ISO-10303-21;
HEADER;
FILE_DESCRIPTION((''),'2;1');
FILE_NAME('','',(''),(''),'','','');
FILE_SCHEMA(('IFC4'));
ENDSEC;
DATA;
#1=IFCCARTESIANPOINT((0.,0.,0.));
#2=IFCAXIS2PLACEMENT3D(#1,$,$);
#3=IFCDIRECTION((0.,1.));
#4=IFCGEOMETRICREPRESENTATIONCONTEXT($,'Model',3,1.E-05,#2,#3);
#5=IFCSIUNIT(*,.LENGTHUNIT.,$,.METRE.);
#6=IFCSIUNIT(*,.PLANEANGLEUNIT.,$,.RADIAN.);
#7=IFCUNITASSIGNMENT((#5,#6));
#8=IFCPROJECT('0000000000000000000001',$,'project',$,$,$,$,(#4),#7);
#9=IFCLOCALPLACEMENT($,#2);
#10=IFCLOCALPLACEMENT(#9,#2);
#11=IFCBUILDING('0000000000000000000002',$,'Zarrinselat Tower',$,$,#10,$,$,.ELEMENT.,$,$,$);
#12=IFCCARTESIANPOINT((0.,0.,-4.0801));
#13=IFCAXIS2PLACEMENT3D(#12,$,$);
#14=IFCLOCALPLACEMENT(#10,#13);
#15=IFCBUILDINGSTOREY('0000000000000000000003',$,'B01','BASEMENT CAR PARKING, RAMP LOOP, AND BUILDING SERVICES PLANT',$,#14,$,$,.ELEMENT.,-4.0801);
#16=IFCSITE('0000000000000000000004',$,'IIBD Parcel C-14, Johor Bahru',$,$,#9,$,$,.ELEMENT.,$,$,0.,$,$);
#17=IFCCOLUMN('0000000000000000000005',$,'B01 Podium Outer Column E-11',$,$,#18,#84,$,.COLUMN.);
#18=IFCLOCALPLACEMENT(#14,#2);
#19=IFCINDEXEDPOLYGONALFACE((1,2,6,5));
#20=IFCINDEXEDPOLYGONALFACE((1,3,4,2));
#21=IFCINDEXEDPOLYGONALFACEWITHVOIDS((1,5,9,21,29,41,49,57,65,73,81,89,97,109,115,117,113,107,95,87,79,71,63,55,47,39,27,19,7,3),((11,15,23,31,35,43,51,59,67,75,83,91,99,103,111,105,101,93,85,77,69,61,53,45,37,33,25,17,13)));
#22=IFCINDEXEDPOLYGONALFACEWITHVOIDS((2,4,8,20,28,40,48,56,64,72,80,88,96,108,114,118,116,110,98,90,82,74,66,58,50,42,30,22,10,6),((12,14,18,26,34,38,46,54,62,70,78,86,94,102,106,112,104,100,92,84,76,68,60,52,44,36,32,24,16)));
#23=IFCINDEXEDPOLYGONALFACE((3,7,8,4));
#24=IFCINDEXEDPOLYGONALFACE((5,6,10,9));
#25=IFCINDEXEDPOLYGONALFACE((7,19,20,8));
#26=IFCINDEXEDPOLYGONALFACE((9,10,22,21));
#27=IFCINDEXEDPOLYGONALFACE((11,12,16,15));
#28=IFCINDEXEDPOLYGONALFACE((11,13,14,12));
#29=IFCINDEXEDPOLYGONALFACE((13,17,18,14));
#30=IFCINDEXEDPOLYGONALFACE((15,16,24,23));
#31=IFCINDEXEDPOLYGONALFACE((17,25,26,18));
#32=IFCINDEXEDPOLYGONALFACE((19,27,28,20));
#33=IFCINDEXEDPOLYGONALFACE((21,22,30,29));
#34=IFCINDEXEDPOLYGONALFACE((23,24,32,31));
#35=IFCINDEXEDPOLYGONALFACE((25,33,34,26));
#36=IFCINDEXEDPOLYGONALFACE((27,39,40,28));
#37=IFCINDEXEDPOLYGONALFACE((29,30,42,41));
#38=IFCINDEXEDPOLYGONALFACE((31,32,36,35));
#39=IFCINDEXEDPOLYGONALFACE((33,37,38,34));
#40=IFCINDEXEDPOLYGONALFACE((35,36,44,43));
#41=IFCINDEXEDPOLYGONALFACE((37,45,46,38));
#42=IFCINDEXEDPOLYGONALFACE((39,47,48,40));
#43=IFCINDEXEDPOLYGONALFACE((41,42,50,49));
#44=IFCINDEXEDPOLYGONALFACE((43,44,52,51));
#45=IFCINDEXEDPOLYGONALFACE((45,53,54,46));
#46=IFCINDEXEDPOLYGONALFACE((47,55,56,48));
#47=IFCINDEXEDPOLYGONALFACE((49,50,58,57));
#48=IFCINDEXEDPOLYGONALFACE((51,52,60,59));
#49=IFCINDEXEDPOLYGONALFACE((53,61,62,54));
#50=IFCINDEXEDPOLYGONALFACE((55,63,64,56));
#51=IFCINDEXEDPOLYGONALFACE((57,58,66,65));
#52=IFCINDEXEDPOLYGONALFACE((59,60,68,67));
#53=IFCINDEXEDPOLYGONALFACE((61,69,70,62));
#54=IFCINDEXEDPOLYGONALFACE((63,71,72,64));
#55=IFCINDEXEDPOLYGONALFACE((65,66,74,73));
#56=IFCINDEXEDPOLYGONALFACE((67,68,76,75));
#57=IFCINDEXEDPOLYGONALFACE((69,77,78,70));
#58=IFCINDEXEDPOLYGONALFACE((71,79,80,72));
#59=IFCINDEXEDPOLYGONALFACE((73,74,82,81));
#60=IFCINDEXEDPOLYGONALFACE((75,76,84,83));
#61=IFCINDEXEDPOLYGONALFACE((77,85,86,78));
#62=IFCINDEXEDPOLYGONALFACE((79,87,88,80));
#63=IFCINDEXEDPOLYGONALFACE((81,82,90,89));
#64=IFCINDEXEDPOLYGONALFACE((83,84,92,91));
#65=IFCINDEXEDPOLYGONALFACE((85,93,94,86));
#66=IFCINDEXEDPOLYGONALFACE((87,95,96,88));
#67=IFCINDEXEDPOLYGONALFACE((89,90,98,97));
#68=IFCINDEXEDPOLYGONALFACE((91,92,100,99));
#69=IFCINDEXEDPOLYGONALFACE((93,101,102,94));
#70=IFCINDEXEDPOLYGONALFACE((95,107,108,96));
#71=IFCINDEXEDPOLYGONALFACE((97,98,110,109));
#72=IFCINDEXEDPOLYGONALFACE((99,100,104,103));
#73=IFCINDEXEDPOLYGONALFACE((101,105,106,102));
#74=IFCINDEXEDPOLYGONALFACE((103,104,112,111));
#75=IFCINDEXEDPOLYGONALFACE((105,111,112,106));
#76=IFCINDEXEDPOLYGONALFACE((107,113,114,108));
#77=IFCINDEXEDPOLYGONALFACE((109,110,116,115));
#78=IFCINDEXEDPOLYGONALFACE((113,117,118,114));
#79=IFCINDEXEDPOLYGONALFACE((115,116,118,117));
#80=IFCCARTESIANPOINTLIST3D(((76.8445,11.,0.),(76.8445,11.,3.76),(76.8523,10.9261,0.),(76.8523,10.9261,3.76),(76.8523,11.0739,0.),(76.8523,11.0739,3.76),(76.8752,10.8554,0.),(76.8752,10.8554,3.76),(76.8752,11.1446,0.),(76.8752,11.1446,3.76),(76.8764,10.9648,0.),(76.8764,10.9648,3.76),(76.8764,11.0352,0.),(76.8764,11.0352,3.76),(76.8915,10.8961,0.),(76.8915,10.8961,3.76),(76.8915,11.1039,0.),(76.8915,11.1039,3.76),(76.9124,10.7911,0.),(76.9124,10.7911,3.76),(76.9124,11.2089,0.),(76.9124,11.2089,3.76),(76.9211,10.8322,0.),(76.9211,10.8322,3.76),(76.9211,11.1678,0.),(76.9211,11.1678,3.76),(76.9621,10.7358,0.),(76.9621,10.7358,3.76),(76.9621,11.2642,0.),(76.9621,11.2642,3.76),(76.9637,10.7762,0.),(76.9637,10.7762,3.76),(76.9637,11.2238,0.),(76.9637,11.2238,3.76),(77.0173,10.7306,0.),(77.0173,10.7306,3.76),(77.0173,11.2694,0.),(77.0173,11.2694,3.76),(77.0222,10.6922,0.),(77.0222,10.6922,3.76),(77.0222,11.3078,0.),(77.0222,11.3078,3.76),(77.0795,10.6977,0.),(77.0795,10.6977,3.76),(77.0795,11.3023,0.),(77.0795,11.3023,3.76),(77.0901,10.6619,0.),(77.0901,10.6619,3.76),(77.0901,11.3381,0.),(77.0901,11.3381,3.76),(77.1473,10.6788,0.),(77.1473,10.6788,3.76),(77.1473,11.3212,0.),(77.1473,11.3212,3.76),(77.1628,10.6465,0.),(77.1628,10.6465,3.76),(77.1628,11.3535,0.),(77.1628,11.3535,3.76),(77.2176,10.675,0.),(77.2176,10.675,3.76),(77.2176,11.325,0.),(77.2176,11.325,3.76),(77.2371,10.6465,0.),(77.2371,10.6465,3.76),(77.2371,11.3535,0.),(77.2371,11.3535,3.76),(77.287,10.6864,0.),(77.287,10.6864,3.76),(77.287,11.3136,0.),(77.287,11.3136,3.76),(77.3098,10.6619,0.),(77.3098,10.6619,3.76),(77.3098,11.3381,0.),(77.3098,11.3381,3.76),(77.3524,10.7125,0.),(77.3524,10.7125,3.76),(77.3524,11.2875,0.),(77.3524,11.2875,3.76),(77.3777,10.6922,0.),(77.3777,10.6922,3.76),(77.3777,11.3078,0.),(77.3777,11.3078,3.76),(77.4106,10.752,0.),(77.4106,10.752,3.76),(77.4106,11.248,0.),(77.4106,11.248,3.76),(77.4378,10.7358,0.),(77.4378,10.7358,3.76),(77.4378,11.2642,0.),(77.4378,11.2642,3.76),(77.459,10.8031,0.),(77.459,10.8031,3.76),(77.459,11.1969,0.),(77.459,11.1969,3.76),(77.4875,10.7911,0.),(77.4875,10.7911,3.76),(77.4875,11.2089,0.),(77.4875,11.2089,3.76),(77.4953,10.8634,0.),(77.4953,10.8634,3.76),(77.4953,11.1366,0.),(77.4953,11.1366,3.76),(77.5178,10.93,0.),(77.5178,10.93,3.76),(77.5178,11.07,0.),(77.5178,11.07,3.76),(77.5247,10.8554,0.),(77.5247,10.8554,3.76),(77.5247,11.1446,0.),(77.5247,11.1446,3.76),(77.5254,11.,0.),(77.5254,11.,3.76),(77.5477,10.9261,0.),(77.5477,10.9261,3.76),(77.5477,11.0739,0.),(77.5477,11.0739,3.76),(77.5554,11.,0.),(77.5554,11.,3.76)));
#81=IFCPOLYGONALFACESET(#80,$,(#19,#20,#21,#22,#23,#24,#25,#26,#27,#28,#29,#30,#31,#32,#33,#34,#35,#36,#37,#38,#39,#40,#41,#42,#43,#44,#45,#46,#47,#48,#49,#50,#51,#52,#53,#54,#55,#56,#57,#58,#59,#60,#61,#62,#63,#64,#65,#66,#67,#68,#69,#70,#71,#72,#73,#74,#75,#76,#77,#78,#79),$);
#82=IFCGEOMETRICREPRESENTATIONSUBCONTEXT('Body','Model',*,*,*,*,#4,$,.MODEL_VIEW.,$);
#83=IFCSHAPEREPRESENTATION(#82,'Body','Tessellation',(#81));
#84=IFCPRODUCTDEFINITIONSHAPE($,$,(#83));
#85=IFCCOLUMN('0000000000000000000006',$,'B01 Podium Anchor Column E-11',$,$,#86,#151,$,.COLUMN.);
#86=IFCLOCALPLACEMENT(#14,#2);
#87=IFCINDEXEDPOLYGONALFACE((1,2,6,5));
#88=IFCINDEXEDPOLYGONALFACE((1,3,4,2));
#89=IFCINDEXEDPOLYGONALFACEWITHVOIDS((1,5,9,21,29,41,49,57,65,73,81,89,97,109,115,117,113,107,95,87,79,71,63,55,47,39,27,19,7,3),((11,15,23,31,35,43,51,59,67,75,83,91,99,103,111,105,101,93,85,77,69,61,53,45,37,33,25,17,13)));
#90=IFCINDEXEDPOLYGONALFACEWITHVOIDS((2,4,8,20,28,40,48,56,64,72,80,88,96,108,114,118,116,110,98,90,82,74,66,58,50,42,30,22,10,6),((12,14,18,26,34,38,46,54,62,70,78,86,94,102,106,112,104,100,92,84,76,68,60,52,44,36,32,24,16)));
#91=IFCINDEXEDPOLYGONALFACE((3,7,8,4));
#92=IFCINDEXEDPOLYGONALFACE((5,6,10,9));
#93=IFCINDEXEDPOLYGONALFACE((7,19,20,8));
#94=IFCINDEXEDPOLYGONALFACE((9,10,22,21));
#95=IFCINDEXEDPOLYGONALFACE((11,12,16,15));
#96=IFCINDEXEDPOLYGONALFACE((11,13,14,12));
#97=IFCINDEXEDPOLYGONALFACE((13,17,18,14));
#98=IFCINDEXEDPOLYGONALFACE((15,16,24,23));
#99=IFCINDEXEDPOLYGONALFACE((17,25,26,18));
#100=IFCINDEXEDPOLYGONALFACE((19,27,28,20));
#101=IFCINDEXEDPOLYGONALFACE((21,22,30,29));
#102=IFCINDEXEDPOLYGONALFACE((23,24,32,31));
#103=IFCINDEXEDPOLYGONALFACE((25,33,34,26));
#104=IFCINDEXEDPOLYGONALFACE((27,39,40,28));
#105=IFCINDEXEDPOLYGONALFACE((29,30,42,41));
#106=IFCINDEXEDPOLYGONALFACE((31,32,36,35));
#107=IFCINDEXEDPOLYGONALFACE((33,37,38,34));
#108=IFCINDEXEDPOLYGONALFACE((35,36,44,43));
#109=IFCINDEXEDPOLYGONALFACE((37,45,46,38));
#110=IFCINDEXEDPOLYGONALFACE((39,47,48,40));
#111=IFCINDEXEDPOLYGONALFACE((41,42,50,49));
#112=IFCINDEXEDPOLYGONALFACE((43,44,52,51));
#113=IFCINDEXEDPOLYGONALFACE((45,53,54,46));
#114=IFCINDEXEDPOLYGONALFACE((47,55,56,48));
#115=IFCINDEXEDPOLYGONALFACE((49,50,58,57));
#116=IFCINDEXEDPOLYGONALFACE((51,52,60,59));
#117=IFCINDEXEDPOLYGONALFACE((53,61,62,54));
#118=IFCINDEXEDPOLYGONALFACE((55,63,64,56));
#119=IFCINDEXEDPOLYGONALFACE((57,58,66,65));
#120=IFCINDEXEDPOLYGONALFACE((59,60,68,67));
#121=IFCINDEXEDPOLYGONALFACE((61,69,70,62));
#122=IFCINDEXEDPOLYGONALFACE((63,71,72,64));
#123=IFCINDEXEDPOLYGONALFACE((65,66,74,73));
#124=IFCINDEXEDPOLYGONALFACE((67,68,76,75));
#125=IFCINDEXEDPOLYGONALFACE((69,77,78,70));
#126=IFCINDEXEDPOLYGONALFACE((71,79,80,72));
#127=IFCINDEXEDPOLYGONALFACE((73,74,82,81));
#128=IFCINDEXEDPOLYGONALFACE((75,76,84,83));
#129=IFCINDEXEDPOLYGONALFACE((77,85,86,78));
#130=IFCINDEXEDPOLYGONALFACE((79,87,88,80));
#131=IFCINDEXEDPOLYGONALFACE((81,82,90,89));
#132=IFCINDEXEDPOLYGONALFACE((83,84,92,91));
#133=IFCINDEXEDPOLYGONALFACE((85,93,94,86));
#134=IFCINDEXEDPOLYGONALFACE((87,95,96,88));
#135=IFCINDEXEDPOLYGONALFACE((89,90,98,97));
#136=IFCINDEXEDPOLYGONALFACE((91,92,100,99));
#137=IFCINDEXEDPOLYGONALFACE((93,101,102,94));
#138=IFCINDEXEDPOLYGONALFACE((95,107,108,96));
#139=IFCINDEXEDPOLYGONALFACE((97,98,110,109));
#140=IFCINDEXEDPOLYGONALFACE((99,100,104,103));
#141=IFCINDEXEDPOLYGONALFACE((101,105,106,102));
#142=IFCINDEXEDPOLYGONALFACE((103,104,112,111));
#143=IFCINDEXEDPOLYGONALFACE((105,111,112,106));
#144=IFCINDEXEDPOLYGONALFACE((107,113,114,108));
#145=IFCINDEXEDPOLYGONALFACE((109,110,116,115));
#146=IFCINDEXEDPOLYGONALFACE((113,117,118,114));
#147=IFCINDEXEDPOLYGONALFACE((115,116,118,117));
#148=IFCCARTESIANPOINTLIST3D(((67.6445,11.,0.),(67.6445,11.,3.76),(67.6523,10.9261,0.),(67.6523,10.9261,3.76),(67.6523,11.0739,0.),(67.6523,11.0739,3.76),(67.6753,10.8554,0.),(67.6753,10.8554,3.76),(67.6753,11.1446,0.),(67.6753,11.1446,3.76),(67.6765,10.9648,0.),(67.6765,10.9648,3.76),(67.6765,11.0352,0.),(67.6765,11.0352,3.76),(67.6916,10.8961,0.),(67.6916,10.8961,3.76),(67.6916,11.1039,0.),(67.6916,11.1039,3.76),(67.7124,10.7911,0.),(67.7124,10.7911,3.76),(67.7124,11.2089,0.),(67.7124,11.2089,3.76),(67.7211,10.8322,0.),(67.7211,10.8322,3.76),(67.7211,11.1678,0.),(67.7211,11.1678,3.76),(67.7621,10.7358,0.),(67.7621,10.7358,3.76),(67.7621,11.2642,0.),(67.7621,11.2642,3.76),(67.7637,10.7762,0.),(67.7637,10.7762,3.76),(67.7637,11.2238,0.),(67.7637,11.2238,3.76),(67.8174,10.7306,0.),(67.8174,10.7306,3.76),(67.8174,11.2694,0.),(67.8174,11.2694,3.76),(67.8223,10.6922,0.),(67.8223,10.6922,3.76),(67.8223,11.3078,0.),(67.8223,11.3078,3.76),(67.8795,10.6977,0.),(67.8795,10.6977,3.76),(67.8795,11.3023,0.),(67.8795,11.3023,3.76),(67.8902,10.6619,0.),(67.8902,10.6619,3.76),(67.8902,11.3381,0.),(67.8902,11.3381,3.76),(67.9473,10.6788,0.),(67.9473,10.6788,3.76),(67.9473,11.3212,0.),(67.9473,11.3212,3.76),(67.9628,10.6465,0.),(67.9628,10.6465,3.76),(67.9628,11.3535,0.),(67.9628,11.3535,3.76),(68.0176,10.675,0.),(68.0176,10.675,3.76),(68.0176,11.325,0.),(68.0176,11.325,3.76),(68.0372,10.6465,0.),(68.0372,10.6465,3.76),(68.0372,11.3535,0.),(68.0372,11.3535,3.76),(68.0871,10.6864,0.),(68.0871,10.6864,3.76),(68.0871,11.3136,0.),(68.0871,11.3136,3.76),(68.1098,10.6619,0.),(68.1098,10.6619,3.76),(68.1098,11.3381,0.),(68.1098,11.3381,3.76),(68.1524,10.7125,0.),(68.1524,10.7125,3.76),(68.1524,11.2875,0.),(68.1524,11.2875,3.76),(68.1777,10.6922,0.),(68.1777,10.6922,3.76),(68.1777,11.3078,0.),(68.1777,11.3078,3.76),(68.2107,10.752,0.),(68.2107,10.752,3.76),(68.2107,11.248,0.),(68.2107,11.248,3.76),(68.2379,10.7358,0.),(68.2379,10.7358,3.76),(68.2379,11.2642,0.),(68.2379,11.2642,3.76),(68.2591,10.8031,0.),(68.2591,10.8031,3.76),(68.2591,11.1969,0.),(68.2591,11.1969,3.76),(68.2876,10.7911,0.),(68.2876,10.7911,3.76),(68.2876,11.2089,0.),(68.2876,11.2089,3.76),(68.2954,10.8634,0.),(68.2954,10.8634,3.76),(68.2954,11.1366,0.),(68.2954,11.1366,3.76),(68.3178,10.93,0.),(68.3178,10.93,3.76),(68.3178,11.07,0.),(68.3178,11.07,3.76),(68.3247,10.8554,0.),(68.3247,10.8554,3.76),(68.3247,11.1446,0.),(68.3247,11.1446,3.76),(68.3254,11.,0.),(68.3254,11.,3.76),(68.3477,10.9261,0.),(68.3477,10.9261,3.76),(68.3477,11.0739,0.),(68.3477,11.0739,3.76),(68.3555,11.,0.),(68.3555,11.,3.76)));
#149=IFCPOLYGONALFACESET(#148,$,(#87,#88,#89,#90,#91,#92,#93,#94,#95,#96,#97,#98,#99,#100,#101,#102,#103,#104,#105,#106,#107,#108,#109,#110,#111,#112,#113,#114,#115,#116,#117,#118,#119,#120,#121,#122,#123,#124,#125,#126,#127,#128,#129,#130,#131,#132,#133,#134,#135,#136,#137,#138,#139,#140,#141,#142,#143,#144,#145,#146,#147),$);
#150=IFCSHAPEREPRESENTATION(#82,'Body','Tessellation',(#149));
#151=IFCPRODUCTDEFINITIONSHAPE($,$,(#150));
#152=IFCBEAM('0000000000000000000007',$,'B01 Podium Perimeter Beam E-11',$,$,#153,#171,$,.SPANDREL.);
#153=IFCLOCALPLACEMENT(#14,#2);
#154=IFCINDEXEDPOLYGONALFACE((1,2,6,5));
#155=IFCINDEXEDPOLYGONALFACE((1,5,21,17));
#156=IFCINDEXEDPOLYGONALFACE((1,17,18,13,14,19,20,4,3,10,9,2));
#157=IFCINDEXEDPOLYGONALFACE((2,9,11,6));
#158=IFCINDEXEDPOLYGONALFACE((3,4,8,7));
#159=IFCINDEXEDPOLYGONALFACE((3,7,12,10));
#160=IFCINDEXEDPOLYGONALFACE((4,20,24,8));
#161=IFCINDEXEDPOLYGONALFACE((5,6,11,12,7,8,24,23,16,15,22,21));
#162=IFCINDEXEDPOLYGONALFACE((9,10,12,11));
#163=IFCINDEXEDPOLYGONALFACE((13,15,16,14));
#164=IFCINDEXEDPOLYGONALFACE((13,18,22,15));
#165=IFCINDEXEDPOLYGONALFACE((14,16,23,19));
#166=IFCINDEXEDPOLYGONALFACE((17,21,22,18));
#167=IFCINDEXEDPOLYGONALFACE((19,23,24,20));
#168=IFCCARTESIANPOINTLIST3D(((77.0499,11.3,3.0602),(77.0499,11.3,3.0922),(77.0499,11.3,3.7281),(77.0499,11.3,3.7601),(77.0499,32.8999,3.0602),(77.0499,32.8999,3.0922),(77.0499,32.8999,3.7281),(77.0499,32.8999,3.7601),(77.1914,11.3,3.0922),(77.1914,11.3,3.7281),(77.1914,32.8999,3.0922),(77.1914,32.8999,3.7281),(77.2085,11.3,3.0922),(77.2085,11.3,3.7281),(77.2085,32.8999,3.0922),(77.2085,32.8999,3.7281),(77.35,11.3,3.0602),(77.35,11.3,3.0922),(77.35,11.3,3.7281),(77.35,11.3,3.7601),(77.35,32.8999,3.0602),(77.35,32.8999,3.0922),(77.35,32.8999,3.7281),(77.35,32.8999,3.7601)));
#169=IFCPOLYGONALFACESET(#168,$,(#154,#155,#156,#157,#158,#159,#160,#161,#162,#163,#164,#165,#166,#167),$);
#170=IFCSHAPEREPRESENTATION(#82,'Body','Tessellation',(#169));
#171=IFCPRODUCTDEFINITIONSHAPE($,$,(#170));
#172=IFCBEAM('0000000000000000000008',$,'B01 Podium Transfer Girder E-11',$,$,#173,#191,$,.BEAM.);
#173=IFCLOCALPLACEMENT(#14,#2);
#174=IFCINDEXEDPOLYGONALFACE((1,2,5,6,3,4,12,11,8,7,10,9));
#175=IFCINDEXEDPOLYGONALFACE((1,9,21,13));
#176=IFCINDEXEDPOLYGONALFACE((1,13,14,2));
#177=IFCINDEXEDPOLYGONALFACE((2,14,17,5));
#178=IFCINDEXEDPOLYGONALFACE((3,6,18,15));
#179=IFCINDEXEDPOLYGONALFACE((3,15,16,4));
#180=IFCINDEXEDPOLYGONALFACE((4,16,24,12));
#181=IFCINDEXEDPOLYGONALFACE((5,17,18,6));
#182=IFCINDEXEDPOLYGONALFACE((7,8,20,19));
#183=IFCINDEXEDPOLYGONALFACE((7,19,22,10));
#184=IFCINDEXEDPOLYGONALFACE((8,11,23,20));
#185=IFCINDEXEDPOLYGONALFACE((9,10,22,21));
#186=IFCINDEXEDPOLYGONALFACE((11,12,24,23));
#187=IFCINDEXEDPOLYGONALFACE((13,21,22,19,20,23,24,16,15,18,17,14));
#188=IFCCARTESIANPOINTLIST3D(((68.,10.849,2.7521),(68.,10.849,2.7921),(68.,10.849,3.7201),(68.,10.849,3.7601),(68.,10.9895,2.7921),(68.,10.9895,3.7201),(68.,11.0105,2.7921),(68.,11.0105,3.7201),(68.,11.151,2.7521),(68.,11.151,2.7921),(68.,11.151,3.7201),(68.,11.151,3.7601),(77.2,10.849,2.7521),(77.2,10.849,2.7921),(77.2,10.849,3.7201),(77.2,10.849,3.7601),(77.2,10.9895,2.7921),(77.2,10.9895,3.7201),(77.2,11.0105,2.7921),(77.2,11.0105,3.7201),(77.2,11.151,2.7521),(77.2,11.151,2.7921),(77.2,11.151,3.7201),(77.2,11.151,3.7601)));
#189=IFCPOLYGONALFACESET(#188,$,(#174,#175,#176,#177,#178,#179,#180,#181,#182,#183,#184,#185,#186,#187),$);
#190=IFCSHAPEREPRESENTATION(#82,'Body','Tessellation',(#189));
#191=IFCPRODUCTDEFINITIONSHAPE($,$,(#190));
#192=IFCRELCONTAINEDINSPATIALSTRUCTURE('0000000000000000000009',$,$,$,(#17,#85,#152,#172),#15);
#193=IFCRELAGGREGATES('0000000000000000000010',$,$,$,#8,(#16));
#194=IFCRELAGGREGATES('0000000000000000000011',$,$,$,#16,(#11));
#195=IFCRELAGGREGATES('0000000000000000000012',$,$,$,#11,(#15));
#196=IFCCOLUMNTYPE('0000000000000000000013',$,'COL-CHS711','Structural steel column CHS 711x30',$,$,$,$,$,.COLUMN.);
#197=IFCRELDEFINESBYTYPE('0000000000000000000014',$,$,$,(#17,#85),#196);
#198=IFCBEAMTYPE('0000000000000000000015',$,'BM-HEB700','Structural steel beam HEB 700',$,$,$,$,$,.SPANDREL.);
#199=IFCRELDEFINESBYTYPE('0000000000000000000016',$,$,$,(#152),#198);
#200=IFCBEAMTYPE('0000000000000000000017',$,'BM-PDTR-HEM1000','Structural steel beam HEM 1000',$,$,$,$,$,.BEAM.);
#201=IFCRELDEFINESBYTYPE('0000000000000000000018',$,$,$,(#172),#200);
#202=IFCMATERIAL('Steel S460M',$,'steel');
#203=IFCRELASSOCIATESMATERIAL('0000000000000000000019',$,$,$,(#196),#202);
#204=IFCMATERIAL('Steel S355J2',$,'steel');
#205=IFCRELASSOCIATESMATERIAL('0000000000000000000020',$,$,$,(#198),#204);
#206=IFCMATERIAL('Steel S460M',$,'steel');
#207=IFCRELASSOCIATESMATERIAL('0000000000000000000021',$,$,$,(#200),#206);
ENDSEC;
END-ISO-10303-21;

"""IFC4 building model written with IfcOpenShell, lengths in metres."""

from ifc_helpers import new_model, si_unit, direction, frame, origin, origin_2d, place, context, subcontext, project, spatial, hollow_circle, i_section, extrude, material, material_profile, profile_set, type_object, element, save


model = new_model("IFC4")

# Units and contexts
model_context = context("Model", 3, precision=1e-05, world=origin(), true_north=direction((0.0, 1.0)))
body_context = subcontext(model_context, "Body", "Model", "MODEL_VIEW")
ifc_project = project(units=[si_unit("LENGTHUNIT", "METRE"), si_unit("PLANEANGLEUNIT", "RADIAN")], contexts=[model_context])

# Site, building, storey
site_placement = place(None, origin())
site = spatial("IfcSite", under=ifc_project, at=site_placement, Name="IIBD Parcel C-14, Johor Bahru", CompositionType="ELEMENT", RefElevation=0.0)
building_placement = place(site_placement, origin())
building = spatial("IfcBuilding", under=site, at=building_placement, Name="Zarrinselat Tower", CompositionType="ELEMENT")
storey_placement = place(building_placement, frame((0.0, 0.0, -4.0801)))
storey = spatial("IfcBuildingStorey", under=building, at=storey_placement, Name="B01", Description="BASEMENT CAR PARKING, RAMP LOOP, AND BUILDING SERVICES PLANT", CompositionType="ELEMENT", Elevation=-4.0801)

# Columns
ifc_material_1 = material(Name="Steel S460M", Category="steel")
ifc_material_profile_1 = material_profile(ifc_material_1, hollow_circle(Radius=0.3555, WallThickness=0.03, at=origin_2d()), Name="CHS 711x30")
ifc_profile_set_1 = profile_set([ifc_material_profile_1], Name="Steel S460M")
column_type_1 = type_object("IfcColumnType", Name="COL-CHS711", Description="Structural steel column CHS 711x30", PredefinedType="COLUMN", material=ifc_profile_set_1)
for number, where, z_axis, x_axis, name in (
    (1, (77.2, 11.0, 0.0), (0.0, 0.0, 1.0), (1.0, 0.0, 0.0), "B01 Podium Outer Column E-11"),
    (2, (68.0, 11.0, 0.0), (0.0, 0.0, 1.0), (1.0, 0.0, 0.0), "B01 Podium Anchor Column E-11"),
):
    element("IfcColumn", number, at=place(storey_placement, frame(where, z_axis=z_axis, x_axis=x_axis)), inside=storey, type_object=column_type_1, Name=name, PredefinedType="COLUMN", context=body_context, shape_type="SweptSolid", body=[
        extrude(hollow_circle(Radius=0.3555, WallThickness=0.03, at=origin_2d()), origin(), (0.0, 0.0, 1.0), 3.76),
    ])

# Beams
ifc_material_2 = material(Name="Steel S355J2", Category="steel")
ifc_material_profile_2 = material_profile(ifc_material_2, i_section(OverallWidth=0.3, OverallDepth=0.7, WebThickness=0.0171, FlangeThickness=0.032, at=origin_2d()), Name="HEB 700")
ifc_profile_set_2 = profile_set([ifc_material_profile_2], Name="Steel S355J2")
beam_type_1 = type_object("IfcBeamType", Name="BM-HEB700", Description="Structural steel beam HEB 700", PredefinedType="SPANDREL", material=ifc_profile_set_2)
beam_1_placement = place(storey_placement, frame((77.2, 11.3, 3.4102), z_axis=(0.0, 1.0, 0.0), x_axis=(-1.0, 0.0, 0.0)))
element("IfcBeam", 3, at=beam_1_placement, inside=storey, type_object=beam_type_1, Name="B01 Podium Perimeter Beam E-11", PredefinedType="SPANDREL", context=body_context, shape_type="SweptSolid", body=[
    extrude(i_section(OverallWidth=0.3, OverallDepth=0.7, WebThickness=0.0171, FlangeThickness=0.032, at=origin_2d()), origin(), (0.0, 0.0, 1.0), 21.5999),
])
ifc_material_3 = material(Name="Steel S460M", Category="steel")
ifc_material_profile_3 = material_profile(ifc_material_3, i_section(OverallWidth=0.302, OverallDepth=1.0081, WebThickness=0.021, FlangeThickness=0.04, at=origin_2d()), Name="HEM 1000")
ifc_profile_set_3 = profile_set([ifc_material_profile_3], Name="Steel S460M")
beam_type_2 = type_object("IfcBeamType", Name="BM-PDTR-HEM1000", Description="Structural steel beam HEM 1000", PredefinedType="BEAM", material=ifc_profile_set_3)
beam_2_placement = place(storey_placement, frame((68.0, 11.0, 3.2561), z_axis=(1.0, 0.0, 0.0), x_axis=(0.0, 1.0, 0.0)))
element("IfcBeam", 4, at=beam_2_placement, inside=storey, type_object=beam_type_2, Name="B01 Podium Transfer Girder E-11", PredefinedType="BEAM", context=body_context, shape_type="SweptSolid", body=[
    extrude(i_section(OverallWidth=0.302, OverallDepth=1.0081, WebThickness=0.021, FlangeThickness=0.04, at=origin_2d()), origin(), (0.0, 0.0, 1.0), 9.2),
])

save(model, "model.ifc")
